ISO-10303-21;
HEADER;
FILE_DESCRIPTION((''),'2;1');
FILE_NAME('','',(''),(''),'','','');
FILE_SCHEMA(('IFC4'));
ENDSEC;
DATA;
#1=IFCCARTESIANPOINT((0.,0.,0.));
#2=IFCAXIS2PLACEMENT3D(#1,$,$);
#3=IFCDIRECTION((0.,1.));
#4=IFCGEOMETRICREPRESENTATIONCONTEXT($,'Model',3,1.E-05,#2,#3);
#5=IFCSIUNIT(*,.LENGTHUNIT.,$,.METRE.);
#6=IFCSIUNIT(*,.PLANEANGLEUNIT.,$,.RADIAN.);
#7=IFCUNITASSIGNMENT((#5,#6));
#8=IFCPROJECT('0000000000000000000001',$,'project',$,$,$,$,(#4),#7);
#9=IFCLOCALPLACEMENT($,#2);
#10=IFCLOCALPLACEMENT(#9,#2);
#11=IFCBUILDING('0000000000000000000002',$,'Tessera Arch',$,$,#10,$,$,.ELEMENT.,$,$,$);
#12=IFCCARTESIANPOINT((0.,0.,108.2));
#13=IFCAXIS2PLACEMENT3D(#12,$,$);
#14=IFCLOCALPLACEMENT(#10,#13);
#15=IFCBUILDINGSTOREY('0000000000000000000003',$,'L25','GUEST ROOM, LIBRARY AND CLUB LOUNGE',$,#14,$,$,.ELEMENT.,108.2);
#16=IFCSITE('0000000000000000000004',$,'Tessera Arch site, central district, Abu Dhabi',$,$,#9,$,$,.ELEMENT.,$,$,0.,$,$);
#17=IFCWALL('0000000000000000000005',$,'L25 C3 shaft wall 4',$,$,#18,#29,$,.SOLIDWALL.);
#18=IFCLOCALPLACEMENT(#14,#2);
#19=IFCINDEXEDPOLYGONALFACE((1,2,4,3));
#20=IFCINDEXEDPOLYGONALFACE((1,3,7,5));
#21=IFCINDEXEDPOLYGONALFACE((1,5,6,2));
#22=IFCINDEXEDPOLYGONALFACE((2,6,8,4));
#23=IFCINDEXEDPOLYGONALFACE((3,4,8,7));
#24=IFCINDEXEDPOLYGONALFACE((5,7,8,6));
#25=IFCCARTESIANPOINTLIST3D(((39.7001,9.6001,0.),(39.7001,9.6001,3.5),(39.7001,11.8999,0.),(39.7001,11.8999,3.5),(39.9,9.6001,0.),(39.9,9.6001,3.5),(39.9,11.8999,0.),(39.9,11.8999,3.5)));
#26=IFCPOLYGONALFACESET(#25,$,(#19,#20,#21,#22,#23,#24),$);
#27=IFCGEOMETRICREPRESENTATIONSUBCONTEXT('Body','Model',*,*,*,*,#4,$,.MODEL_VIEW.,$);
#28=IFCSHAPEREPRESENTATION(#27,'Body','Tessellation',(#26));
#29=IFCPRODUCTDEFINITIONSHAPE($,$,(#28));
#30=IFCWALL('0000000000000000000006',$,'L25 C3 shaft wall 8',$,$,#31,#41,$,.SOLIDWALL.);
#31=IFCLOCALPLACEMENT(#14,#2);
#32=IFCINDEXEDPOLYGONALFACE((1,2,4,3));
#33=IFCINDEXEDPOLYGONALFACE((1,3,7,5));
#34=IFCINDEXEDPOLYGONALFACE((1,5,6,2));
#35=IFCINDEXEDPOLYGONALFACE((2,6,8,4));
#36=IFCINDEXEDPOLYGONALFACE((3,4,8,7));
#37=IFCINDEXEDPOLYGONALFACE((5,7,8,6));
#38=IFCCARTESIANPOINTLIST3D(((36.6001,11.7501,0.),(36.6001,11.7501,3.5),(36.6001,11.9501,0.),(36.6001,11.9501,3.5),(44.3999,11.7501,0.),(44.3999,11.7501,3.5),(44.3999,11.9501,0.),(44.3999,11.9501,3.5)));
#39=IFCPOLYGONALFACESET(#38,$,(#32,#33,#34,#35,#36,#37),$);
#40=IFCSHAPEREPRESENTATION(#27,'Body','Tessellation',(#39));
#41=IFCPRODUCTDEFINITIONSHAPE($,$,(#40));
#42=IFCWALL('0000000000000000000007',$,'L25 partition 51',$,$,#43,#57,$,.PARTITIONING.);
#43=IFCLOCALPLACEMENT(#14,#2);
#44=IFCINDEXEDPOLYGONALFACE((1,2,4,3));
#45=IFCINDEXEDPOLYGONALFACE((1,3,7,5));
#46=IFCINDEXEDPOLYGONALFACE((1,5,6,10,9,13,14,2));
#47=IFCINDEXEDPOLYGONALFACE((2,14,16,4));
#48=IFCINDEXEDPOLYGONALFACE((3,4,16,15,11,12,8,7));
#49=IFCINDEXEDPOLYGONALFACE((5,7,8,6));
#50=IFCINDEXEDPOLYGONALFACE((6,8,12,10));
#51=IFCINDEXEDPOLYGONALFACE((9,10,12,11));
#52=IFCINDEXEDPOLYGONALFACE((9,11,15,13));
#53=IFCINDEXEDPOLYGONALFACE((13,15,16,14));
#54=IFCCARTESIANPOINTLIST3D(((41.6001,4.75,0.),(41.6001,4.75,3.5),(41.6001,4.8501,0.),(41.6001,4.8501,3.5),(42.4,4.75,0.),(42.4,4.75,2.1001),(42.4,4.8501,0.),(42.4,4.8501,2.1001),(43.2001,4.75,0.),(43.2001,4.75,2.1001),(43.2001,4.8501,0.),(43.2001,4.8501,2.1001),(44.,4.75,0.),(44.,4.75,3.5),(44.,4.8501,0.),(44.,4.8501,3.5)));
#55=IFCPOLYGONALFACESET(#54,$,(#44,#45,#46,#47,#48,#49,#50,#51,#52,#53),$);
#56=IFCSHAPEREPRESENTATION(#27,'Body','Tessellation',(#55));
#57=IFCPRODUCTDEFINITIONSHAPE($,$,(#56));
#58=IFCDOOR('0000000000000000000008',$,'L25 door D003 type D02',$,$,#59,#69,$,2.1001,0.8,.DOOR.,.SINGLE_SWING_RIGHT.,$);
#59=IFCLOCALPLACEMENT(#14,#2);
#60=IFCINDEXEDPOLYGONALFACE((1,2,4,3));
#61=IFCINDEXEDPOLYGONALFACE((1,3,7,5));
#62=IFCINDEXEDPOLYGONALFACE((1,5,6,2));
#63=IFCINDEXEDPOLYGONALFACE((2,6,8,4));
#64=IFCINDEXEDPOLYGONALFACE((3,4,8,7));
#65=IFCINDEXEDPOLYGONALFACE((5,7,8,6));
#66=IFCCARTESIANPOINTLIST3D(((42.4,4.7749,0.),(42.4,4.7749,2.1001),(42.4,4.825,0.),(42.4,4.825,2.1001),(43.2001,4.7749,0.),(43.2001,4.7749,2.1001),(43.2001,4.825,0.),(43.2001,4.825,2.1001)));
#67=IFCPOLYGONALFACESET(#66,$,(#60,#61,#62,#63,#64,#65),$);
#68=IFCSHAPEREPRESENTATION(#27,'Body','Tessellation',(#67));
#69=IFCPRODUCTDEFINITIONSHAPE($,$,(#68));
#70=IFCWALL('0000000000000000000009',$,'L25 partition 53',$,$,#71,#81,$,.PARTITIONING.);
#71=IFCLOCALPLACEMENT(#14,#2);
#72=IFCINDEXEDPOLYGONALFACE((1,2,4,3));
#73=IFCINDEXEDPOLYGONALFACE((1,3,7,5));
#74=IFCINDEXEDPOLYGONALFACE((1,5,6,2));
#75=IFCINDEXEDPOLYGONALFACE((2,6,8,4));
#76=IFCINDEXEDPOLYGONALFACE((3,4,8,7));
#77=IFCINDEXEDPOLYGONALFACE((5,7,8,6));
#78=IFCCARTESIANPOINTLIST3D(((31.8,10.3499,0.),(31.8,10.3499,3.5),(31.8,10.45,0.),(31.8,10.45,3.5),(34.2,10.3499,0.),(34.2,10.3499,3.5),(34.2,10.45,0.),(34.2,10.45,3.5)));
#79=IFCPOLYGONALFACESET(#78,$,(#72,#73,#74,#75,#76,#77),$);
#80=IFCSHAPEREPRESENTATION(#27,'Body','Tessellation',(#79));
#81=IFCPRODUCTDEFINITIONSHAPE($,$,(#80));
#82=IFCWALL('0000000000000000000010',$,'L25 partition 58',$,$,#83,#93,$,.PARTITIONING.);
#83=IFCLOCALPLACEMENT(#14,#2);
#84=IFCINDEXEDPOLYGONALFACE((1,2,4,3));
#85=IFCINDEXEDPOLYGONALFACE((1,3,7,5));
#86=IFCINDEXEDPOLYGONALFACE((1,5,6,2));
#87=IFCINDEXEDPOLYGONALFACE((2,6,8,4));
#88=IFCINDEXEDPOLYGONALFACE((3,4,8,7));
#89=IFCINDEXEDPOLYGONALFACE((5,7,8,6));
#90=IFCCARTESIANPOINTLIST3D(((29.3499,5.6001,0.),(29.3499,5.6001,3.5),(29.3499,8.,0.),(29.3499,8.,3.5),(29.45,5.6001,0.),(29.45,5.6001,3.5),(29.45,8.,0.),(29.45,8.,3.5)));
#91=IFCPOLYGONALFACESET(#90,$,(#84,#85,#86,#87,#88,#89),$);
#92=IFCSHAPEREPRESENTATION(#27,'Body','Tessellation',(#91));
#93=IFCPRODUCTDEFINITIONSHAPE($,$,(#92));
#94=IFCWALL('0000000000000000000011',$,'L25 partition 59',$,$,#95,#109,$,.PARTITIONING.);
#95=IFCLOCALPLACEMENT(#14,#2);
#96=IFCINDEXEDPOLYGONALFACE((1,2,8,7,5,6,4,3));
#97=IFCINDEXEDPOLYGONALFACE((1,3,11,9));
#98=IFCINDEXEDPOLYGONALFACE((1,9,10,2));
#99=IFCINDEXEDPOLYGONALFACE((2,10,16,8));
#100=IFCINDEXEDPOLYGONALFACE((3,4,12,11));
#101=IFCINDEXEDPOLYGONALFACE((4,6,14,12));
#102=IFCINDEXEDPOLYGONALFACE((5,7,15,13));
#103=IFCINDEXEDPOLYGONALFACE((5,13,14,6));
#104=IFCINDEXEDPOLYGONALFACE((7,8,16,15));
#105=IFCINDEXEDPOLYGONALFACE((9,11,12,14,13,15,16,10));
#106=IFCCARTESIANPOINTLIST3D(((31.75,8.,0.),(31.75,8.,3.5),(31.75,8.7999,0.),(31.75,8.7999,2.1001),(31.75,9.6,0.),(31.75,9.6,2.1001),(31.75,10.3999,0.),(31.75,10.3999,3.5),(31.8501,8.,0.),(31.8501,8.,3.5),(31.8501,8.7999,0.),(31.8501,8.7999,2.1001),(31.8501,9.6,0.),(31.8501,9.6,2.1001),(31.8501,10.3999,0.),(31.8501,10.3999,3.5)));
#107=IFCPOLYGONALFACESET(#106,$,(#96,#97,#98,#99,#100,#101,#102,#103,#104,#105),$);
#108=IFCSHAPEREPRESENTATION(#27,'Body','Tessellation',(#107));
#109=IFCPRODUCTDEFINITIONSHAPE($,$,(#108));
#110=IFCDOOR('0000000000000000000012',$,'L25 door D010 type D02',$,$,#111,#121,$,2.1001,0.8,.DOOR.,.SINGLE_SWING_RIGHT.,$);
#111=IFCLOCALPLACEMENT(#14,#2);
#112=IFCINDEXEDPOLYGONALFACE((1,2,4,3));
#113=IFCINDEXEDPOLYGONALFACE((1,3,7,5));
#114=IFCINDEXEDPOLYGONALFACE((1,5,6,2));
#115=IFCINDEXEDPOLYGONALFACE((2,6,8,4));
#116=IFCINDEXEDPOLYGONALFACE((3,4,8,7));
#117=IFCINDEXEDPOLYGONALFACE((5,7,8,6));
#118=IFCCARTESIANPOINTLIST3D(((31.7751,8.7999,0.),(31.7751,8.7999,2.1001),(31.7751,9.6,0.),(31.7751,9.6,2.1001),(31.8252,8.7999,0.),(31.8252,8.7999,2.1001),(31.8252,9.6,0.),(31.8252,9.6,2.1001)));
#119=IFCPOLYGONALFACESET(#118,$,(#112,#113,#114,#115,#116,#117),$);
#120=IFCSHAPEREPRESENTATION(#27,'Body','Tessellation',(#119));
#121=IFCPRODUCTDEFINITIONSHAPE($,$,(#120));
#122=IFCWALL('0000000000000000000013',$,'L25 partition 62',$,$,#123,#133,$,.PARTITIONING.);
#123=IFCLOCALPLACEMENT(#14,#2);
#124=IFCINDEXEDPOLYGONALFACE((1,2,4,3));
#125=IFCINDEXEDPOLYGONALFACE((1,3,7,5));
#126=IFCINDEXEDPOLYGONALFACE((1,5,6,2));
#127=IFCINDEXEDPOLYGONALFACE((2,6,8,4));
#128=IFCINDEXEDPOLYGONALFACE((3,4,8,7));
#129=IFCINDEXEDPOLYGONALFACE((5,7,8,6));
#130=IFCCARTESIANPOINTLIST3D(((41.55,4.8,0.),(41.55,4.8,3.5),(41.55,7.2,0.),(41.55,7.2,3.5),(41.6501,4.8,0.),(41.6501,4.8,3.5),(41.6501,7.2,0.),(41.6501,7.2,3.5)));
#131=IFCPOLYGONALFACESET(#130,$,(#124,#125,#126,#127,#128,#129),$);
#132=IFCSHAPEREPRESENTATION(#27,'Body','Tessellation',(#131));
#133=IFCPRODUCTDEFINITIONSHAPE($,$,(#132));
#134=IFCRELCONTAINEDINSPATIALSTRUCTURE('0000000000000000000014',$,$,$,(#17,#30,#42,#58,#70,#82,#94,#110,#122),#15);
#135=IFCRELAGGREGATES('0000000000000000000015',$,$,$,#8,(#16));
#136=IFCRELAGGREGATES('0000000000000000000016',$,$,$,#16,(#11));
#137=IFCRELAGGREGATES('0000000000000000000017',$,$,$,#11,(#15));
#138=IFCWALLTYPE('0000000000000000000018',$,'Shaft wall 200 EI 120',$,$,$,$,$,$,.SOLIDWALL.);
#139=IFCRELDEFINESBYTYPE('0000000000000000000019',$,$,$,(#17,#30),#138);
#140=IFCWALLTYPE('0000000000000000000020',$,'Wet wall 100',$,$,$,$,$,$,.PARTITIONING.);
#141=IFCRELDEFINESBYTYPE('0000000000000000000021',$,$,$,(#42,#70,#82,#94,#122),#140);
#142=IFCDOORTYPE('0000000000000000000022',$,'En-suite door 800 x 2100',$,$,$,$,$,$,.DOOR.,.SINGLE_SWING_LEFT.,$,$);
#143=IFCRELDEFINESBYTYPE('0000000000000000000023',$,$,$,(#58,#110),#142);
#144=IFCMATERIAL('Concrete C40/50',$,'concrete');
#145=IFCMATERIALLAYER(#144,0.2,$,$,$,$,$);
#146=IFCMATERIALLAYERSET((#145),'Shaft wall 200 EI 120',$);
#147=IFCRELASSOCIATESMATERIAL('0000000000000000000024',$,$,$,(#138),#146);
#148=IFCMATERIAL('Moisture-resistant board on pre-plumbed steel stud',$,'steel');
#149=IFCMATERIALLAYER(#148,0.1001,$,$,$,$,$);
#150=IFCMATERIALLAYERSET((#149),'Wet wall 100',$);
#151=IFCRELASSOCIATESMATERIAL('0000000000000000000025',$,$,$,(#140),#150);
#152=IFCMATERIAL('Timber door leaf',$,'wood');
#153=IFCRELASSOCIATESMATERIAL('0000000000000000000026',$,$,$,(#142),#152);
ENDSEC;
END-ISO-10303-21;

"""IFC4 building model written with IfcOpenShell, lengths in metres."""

from ifc_helpers import new_model, si_unit, direction, frame, frame_2d, origin, place, context, subcontext, project, spatial, rectangle, extrude, material, layer, layer_set, type_object, element, fill, save


model = new_model("IFC4")

# Units and contexts
model_context = context("Model", 3, precision=1e-05, world=origin(), true_north=direction((0.0, 1.0)))
body_context = subcontext(model_context, "Body", "Model", "MODEL_VIEW")
ifc_project = project(units=[si_unit("LENGTHUNIT", "METRE"), si_unit("PLANEANGLEUNIT", "RADIAN")], contexts=[model_context])

# Site, building, storey
site_placement = place(None, origin())
site = spatial("IfcSite", under=ifc_project, at=site_placement, Name="Tessera Arch site, central district, Abu Dhabi", CompositionType="ELEMENT", RefElevation=0.0)
building_placement = place(site_placement, origin())
building = spatial("IfcBuilding", under=site, at=building_placement, Name="Tessera Arch", CompositionType="ELEMENT")
storey_placement = place(building_placement, frame((0.0, 0.0, 108.2)))
storey = spatial("IfcBuildingStorey", under=building, at=storey_placement, Name="L25", Description="GUEST ROOM, LIBRARY AND CLUB LOUNGE", CompositionType="ELEMENT", Elevation=108.2)

# Walls
ifc_material_1 = material(Name="Concrete C40/50", Category="concrete")
ifc_layer_1 = layer(ifc_material_1, 0.2)
ifc_layer_set_1 = layer_set([ifc_layer_1], Name="Shaft wall 200 EI 120")
wall_type_1 = type_object("IfcWallType", Name="Shaft wall 200 EI 120", PredefinedType="SOLIDWALL", material=ifc_layer_set_1)
wall_1_placement = place(storey_placement, frame((39.8, 9.6001, 0.0), z_axis=(0.0, 0.0, 1.0), x_axis=(0.0, 1.0, 0.0)))
element("IfcWall", 1, at=wall_1_placement, inside=storey, type_object=wall_type_1, Name="L25 C3 shaft wall 4", PredefinedType="SOLIDWALL", context=body_context, shape_type="SweptSolid", body=[
    extrude(rectangle(XDim=2.2998, YDim=0.2, at=frame_2d((1.1499, 0.0))), origin(), (0.0, 0.0, 1.0), 3.5),
])
wall_2_placement = place(storey_placement, frame((36.6001, 11.8501, 0.0), z_axis=(0.0, 0.0, 1.0), x_axis=(1.0, 0.0, 0.0)))
element("IfcWall", 2, at=wall_2_placement, inside=storey, type_object=wall_type_1, Name="L25 C3 shaft wall 8", PredefinedType="SOLIDWALL", context=body_context, shape_type="SweptSolid", body=[
    extrude(rectangle(XDim=7.7998, YDim=0.2, at=frame_2d((3.8999, 0.0))), origin(), (0.0, 0.0, 1.0), 3.5),
])

# Wall, opening, door
ifc_material_2 = material(Name="Moisture-resistant board on pre-plumbed steel stud", Category="steel")
ifc_layer_2 = layer(ifc_material_2, 0.1001)
ifc_layer_set_2 = layer_set([ifc_layer_2], Name="Wet wall 100")
wall_type_2 = type_object("IfcWallType", Name="Wet wall 100", PredefinedType="PARTITIONING", material=ifc_layer_set_2)
wall_3_placement = place(storey_placement, frame((41.6001, 4.8, 0.0), z_axis=(0.0, 0.0, 1.0), x_axis=(1.0, 0.0, 0.0)))
wall_3 = element("IfcWall", 3, at=wall_3_placement, inside=storey, type_object=wall_type_2, Name="L25 partition 51", PredefinedType="PARTITIONING", context=body_context, shape_type="SweptSolid", body=[
    extrude(rectangle(XDim=2.3999, YDim=0.1001, at=frame_2d((1.2, 0.0))), origin(), (0.0, 0.0, 1.0), 3.5),
])
opening_1_placement = place(wall_3_placement, frame((0.8, 0.0, 0.0)))
opening_1 = element("IfcOpeningElement", 4, at=opening_1_placement, cuts=wall_3, PredefinedType="OPENING", context=body_context, shape_type="SweptSolid", body=[
    extrude(rectangle(XDim=0.8, YDim=2.1001, at=frame_2d((0.3999, 1.05))), frame((0.0, 0.0601, 0.0), z_axis=(0.0, -1.0, 0.0), x_axis=(1.0, 0.0, 0.0)), (0.0, 0.0, 1.0), 0.1201),
])
ifc_material_3 = material(Name="Timber door leaf", Category="wood")
door_type_1 = type_object("IfcDoorType", Name="En-suite door 800 x 2100", OperationType="SINGLE_SWING_LEFT", PredefinedType="DOOR", material=ifc_material_3)
door_1_placement = place(opening_1_placement, origin())
door_1 = element("IfcDoor", 5, at=door_1_placement, inside=storey, type_object=door_type_1, Name="L25 door D003 type D02", OperationType="SINGLE_SWING_RIGHT", OverallHeight=2.1001, OverallWidth=0.8, PredefinedType="DOOR", context=body_context, shape_type="SweptSolid", body=[
    extrude(rectangle(XDim=0.8, YDim=2.1001, at=frame_2d((0.3999, 1.05))), frame((0.0, 0.0249, 0.0), z_axis=(0.0, -1.0, 0.0), x_axis=(1.0, 0.0, 0.0)), (0.0, 0.0, 1.0), 0.05),
])
fill(opening_1, door_1)

# Walls
for number, where, z_axis, x_axis, name in (
    (6, (31.8, 10.3999, 0.0), (0.0, 0.0, 1.0), (1.0, 0.0, 0.0), "L25 partition 53"),
    (7, (29.3999, 5.6001, 0.0), (0.0, 0.0, 1.0), (0.0, 1.0, 0.0), "L25 partition 58"),
):
    element("IfcWall", number, at=place(storey_placement, frame(where, z_axis=z_axis, x_axis=x_axis)), inside=storey, type_object=wall_type_2, Name=name, PredefinedType="PARTITIONING", context=body_context, shape_type="SweptSolid", body=[
        extrude(rectangle(XDim=2.3999, YDim=0.1001, at=frame_2d((1.2, 0.0))), origin(), (0.0, 0.0, 1.0), 3.5),
    ])

# Wall, opening, door
wall_4_placement = place(storey_placement, frame((31.8, 8.0, 0.0), z_axis=(0.0, 0.0, 1.0), x_axis=(0.0, 1.0, 0.0)))
wall_4 = element("IfcWall", 8, at=wall_4_placement, inside=storey, type_object=wall_type_2, Name="L25 partition 59", PredefinedType="PARTITIONING", context=body_context, shape_type="SweptSolid", body=[
    extrude(rectangle(XDim=2.3999, YDim=0.1001, at=frame_2d((1.2, 0.0))), origin(), (0.0, 0.0, 1.0), 3.5),
])
opening_2_placement = place(wall_4_placement, frame((0.8, 0.0, 0.0)))
opening_2 = element("IfcOpeningElement", 9, at=opening_2_placement, cuts=wall_4, PredefinedType="OPENING", context=body_context, shape_type="SweptSolid", body=[
    extrude(rectangle(XDim=0.8, YDim=2.1001, at=frame_2d((0.3999, 1.05))), frame((0.0, 0.0601, 0.0), z_axis=(0.0, -1.0, 0.0), x_axis=(1.0, 0.0, 0.0)), (0.0, 0.0, 1.0), 0.1201),
])
door_2_placement = place(opening_2_placement, origin())
door_2 = element("IfcDoor", 10, at=door_2_placement, inside=storey, type_object=door_type_1, Name="L25 door D010 type D02", OperationType="SINGLE_SWING_RIGHT", OverallHeight=2.1001, OverallWidth=0.8, PredefinedType="DOOR", context=body_context, shape_type="SweptSolid", body=[
    extrude(rectangle(XDim=0.8, YDim=2.1001, at=frame_2d((0.3999, 1.05))), frame((0.0, 0.0249, 0.0), z_axis=(0.0, -1.0, 0.0), x_axis=(1.0, 0.0, 0.0)), (0.0, 0.0, 1.0), 0.05),
])
fill(opening_2, door_2)

# Wall
wall_5_placement = place(storey_placement, frame((41.6001, 4.8, 0.0), z_axis=(0.0, 0.0, 1.0), x_axis=(0.0, 1.0, 0.0)))
element("IfcWall", 11, at=wall_5_placement, inside=storey, type_object=wall_type_2, Name="L25 partition 62", PredefinedType="PARTITIONING", context=body_context, shape_type="SweptSolid", body=[
    extrude(rectangle(XDim=2.3999, YDim=0.1001, at=frame_2d((1.2, 0.0))), origin(), (0.0, 0.0, 1.0), 3.5),
])

save(model, "model.ifc")
